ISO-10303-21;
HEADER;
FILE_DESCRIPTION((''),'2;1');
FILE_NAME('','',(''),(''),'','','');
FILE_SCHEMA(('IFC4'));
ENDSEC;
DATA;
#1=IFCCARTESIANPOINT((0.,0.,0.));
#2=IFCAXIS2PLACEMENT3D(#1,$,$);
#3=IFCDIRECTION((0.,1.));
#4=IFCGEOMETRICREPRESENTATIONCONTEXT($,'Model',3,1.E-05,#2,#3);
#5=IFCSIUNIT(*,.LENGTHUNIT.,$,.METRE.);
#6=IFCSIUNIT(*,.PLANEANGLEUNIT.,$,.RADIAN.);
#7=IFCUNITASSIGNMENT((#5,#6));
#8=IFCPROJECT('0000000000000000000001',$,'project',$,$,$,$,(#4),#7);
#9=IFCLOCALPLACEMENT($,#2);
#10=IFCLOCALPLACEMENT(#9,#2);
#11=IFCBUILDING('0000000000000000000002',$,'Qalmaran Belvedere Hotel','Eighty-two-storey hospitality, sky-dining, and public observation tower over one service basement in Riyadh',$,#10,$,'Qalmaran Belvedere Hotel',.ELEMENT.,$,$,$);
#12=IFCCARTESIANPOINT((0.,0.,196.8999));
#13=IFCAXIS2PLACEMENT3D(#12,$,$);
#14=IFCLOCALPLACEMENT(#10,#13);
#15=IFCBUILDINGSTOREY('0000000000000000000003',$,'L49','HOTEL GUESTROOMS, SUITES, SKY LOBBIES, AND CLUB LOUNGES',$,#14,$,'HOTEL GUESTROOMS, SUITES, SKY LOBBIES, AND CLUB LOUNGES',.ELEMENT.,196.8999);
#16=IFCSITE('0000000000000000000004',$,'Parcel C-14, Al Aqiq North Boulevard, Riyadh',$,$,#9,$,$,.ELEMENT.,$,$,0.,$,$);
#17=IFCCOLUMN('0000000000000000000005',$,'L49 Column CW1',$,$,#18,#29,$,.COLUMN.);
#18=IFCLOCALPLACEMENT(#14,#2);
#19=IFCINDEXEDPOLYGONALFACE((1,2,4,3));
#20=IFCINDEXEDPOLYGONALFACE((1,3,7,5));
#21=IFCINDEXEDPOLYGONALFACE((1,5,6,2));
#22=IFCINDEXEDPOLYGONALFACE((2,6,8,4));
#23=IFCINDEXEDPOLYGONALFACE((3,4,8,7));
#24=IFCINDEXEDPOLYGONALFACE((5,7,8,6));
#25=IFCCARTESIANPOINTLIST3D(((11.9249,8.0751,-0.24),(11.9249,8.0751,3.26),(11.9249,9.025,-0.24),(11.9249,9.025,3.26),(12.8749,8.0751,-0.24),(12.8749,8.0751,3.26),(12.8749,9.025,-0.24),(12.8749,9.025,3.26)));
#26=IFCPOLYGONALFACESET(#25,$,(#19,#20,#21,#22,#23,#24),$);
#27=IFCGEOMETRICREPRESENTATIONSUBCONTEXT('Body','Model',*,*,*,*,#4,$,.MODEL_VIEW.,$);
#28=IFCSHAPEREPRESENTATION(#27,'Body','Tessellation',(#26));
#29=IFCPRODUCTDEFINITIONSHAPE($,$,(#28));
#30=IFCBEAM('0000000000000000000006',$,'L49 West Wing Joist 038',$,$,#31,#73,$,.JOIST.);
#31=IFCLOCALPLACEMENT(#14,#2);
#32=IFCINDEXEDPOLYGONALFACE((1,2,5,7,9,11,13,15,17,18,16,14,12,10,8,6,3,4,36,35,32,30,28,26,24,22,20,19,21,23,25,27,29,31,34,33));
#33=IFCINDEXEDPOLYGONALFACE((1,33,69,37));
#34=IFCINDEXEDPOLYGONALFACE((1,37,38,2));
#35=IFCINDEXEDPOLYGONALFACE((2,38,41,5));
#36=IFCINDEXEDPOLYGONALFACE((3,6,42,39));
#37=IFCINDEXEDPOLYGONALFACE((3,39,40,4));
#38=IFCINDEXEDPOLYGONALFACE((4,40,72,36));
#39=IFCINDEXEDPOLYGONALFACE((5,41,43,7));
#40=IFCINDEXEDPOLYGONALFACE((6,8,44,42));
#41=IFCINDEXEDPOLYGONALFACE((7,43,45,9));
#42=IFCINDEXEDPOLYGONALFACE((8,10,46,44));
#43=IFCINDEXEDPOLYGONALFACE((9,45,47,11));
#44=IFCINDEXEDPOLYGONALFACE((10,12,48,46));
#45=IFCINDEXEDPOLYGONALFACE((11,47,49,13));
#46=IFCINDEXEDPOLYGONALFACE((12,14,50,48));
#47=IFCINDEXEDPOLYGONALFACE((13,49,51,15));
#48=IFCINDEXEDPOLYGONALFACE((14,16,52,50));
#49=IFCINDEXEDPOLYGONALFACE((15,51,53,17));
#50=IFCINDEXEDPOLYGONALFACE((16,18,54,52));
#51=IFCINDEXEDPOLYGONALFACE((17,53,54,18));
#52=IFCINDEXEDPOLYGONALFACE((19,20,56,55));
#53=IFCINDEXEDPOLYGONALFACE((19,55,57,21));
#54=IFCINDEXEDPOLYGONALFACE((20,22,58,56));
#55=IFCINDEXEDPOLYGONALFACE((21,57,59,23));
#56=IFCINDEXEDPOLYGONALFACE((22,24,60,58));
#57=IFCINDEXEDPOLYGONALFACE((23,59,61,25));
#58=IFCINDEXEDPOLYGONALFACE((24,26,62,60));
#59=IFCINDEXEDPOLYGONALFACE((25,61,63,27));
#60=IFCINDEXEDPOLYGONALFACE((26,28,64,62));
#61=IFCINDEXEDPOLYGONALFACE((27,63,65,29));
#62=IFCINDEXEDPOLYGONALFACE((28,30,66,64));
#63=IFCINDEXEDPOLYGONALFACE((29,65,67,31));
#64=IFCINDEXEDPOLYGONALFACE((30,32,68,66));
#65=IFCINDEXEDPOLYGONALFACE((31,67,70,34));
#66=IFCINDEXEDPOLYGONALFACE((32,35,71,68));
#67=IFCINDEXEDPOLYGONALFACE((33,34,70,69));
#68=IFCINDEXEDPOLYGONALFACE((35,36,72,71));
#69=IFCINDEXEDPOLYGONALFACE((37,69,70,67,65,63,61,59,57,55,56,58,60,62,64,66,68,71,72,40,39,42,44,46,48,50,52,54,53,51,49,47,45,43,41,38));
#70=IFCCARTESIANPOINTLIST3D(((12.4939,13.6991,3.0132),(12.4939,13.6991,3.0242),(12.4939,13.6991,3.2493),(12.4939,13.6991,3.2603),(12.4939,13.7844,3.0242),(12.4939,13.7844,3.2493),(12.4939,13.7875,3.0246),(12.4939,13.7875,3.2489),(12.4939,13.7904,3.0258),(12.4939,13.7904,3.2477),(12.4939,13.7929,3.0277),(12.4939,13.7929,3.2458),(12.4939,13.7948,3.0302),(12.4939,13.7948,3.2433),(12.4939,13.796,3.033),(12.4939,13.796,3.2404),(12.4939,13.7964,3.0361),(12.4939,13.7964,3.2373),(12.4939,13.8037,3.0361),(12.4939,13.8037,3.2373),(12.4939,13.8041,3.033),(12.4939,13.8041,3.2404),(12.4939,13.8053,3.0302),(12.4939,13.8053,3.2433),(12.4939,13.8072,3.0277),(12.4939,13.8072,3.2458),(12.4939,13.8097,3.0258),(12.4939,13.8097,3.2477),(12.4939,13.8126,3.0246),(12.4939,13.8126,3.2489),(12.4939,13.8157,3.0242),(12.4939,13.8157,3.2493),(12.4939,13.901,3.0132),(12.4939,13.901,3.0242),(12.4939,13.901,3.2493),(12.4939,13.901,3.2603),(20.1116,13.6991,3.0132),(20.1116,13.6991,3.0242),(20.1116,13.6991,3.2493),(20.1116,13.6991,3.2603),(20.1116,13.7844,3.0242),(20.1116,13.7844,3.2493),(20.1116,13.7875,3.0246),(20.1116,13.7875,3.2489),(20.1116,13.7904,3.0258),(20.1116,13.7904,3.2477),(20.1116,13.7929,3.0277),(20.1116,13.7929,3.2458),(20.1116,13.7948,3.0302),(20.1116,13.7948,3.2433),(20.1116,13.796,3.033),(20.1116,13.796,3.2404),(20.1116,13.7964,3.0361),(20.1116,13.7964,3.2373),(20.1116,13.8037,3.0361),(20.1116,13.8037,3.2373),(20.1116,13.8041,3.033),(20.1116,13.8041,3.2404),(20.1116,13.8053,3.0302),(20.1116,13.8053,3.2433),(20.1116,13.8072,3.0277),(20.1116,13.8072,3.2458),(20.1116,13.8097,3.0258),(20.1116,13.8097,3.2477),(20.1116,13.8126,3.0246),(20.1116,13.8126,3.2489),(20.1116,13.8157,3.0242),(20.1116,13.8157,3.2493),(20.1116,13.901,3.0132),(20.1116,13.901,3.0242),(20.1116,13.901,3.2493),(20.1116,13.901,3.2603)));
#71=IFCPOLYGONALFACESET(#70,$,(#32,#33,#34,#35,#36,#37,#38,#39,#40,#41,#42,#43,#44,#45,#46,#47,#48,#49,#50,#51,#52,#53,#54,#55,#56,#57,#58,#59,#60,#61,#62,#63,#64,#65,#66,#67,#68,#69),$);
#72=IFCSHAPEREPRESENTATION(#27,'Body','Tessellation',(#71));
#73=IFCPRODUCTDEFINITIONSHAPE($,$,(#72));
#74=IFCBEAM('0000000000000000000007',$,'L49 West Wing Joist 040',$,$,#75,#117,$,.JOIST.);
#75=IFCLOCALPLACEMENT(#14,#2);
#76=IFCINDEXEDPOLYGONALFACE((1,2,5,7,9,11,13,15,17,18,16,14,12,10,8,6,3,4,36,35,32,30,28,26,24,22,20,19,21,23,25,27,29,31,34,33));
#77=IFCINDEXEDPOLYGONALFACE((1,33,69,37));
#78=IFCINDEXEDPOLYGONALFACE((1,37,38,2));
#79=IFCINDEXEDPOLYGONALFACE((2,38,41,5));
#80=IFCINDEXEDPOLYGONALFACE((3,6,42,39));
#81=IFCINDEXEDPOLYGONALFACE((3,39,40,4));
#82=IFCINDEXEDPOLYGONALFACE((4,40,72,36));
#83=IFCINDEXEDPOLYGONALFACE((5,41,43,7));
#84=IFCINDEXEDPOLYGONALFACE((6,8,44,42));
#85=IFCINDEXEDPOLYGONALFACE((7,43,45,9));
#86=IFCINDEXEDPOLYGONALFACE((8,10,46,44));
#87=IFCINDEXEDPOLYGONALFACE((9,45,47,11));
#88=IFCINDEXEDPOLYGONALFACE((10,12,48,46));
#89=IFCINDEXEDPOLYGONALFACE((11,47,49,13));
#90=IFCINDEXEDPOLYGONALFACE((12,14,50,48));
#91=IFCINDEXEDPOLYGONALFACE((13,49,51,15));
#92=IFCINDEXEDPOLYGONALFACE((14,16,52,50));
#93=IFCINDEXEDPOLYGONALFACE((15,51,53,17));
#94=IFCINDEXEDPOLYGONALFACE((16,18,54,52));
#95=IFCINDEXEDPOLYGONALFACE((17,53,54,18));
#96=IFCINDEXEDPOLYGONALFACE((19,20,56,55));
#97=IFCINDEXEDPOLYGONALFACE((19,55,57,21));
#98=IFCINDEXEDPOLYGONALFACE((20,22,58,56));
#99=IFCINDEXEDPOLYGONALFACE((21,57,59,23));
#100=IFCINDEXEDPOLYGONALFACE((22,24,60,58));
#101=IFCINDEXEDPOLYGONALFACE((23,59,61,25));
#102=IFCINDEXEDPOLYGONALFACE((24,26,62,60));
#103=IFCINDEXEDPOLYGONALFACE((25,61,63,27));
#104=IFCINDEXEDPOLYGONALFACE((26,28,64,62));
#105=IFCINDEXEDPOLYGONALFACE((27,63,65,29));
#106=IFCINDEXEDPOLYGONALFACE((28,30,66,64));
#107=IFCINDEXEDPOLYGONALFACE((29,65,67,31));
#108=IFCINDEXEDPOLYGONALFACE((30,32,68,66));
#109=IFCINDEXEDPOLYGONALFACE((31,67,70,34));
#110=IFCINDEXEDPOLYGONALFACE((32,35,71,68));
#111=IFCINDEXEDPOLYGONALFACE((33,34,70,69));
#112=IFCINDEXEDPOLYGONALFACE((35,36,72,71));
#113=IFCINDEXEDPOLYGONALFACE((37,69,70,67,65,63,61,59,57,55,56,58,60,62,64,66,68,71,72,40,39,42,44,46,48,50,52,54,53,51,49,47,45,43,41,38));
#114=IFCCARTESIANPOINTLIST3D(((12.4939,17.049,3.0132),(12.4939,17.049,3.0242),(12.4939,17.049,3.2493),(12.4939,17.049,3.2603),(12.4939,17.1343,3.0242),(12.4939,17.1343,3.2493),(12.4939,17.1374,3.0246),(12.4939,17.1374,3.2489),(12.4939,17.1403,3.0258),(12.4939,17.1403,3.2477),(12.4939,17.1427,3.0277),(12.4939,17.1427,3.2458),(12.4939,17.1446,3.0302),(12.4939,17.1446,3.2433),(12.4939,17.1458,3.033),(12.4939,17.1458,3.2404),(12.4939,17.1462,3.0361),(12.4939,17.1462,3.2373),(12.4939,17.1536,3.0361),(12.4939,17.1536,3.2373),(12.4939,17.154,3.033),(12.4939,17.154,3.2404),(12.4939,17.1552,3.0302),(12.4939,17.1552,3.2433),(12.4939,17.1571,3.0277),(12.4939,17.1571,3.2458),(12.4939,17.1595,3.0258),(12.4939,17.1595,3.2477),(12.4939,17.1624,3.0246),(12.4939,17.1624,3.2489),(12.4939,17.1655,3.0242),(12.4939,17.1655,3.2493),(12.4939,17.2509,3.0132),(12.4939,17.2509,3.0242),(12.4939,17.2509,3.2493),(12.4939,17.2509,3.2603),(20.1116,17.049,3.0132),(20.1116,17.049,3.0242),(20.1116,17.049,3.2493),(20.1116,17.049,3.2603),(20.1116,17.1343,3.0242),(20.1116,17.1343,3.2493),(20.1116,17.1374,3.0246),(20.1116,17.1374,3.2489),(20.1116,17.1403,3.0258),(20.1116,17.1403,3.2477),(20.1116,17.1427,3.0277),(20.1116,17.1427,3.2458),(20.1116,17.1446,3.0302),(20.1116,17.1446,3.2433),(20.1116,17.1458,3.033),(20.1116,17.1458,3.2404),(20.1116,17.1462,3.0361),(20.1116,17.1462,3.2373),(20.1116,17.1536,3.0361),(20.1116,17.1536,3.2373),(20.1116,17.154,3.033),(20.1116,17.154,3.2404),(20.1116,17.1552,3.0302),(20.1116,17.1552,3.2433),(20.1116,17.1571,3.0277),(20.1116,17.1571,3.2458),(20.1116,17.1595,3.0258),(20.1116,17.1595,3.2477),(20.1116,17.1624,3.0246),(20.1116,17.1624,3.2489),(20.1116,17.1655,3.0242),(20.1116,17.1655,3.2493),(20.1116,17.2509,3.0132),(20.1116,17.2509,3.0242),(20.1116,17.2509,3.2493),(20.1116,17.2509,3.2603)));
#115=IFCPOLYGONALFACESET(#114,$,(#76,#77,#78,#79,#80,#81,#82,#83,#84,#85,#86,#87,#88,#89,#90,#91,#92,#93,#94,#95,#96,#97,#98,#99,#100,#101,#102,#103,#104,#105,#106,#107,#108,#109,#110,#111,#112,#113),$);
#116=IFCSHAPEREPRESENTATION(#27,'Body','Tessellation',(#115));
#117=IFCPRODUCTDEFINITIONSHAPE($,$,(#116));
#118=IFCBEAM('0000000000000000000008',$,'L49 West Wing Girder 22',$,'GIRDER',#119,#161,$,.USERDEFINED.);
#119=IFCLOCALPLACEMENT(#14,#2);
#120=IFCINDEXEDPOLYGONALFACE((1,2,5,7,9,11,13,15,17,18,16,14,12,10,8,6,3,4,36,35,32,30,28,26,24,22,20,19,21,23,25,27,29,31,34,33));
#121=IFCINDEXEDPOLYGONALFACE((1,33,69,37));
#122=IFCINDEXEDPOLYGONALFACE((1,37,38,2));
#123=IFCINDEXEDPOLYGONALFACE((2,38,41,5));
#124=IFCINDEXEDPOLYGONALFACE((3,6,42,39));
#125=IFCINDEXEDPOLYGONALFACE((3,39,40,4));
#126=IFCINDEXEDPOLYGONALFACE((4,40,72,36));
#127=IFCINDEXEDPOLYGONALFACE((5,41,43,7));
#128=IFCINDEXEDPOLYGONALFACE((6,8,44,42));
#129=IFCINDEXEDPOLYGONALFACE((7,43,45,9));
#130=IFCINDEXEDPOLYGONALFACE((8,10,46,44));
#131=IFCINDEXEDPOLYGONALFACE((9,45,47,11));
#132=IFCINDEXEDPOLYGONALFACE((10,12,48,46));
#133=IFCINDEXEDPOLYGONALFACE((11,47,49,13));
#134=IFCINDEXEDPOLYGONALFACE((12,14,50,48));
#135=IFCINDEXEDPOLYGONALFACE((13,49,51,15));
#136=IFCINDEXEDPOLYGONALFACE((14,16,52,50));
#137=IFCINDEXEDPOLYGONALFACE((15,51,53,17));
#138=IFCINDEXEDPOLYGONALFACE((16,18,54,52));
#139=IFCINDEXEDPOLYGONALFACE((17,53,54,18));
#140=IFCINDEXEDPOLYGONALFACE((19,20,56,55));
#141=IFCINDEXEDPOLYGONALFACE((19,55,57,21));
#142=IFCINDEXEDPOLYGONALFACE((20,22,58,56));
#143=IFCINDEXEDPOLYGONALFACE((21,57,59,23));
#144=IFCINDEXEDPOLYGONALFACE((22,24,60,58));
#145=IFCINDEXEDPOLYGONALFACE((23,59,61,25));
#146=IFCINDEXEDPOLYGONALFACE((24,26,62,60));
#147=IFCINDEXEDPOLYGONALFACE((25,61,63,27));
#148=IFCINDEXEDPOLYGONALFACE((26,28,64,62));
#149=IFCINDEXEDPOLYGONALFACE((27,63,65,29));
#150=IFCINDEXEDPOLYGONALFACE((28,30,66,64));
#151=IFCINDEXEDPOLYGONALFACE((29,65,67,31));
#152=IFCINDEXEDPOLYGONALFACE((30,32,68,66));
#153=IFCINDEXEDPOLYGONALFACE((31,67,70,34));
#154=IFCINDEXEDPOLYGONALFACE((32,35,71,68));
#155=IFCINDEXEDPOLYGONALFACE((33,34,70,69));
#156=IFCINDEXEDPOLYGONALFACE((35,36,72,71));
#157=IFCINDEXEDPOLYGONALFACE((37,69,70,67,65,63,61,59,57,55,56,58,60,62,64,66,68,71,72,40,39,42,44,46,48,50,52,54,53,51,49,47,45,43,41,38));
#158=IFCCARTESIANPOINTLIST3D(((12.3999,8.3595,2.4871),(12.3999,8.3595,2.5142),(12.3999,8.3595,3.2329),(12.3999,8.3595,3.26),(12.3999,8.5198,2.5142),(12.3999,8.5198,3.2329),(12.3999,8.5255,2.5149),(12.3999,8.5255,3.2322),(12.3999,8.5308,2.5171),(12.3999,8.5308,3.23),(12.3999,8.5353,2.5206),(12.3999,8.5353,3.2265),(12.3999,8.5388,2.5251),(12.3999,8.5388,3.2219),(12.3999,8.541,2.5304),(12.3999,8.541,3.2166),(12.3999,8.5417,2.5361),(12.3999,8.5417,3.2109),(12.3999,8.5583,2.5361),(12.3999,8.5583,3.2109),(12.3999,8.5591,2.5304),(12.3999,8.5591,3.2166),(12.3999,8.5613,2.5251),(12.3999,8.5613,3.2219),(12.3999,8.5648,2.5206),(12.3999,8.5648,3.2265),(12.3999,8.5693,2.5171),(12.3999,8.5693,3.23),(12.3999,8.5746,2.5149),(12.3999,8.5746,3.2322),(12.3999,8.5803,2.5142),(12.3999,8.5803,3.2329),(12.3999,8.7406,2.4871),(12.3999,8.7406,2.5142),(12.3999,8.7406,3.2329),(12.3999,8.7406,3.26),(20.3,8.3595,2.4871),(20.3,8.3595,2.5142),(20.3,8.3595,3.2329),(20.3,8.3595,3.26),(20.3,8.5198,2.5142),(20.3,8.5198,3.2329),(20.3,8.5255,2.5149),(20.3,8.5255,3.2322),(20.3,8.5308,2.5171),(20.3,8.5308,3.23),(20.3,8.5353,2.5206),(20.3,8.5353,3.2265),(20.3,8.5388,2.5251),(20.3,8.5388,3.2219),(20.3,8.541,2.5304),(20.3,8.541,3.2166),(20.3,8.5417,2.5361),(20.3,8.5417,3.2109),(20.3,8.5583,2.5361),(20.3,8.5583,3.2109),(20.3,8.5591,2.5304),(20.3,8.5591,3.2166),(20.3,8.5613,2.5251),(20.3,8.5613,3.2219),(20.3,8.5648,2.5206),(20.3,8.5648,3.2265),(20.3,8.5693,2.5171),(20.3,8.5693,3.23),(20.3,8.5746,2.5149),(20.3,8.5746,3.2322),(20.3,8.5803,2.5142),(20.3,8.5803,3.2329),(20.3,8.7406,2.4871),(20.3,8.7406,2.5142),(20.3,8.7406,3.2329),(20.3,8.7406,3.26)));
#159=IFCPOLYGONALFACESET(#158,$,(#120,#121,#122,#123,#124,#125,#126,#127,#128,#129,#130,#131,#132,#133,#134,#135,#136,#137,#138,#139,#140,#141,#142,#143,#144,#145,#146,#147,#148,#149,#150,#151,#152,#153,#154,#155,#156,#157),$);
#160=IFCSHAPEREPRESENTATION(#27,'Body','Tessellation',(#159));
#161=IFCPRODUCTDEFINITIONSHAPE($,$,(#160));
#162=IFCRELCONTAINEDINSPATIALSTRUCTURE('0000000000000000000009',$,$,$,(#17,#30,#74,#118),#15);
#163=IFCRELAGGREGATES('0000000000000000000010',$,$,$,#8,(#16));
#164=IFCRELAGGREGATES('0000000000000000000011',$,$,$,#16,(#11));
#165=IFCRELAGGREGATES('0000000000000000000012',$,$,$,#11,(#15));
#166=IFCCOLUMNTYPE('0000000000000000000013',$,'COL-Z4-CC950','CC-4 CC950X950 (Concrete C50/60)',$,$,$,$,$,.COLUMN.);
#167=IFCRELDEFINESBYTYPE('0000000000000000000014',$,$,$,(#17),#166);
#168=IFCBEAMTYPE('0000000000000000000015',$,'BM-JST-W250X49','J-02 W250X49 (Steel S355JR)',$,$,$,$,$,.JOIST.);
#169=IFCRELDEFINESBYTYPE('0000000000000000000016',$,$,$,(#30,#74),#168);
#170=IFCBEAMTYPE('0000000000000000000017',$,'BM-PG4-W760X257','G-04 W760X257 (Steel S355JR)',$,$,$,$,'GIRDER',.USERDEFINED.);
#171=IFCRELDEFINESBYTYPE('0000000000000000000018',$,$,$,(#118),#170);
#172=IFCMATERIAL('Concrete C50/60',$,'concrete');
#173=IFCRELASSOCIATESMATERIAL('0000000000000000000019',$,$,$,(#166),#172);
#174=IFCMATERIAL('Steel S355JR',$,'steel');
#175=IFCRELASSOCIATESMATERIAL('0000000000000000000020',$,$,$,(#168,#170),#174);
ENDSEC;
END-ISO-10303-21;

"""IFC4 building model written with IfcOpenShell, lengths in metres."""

from ifc_helpers import new_model, si_unit, direction, frame, origin, origin_2d, place, context, subcontext, project, spatial, rectangle, i_section, extrude, material, material_profile, profile_set, type_object, element, save


model = new_model("IFC4")

# Units and contexts
model_context = context("Model", 3, precision=1e-05, world=origin(), true_north=direction((0.0, 1.0)))
body_context = subcontext(model_context, "Body", "Model", "MODEL_VIEW")
ifc_project = project(units=[si_unit("LENGTHUNIT", "METRE"), si_unit("PLANEANGLEUNIT", "RADIAN")], contexts=[model_context])

# Site, building, storey
site_placement = place(None, origin())
site = spatial("IfcSite", under=ifc_project, at=site_placement, Name="Parcel C-14, Al Aqiq North Boulevard, Riyadh", CompositionType="ELEMENT", RefElevation=0.0)
building_placement = place(site_placement, origin())
building = spatial("IfcBuilding", under=site, at=building_placement, Name="Qalmaran Belvedere Hotel", Description="Eighty-two-storey hospitality, sky-dining, and public observation tower over one service basement in Riyadh", LongName="Qalmaran Belvedere Hotel", CompositionType="ELEMENT")
storey_placement = place(building_placement, frame((0.0, 0.0, 196.8999)))
storey = spatial("IfcBuildingStorey", under=building, at=storey_placement, Name="L49", Description="HOTEL GUESTROOMS, SUITES, SKY LOBBIES, AND CLUB LOUNGES", LongName="HOTEL GUESTROOMS, SUITES, SKY LOBBIES, AND CLUB LOUNGES", CompositionType="ELEMENT", Elevation=196.8999)

# Column
ifc_material_1 = material(Name="Concrete C50/60", Category="concrete")
ifc_material_profile_1 = material_profile(ifc_material_1, rectangle(XDim=0.95, YDim=0.95, at=origin_2d()), Name="CC950X950")
ifc_profile_set_1 = profile_set([ifc_material_profile_1], Name="Concrete C50/60")
column_type = type_object("IfcColumnType", Name="COL-Z4-CC950", Description="CC-4 CC950X950 (Concrete C50/60)", PredefinedType="COLUMN", material=ifc_profile_set_1)
column_placement = place(storey_placement, frame((12.3999, 8.55, -0.24), z_axis=(0.0, 0.0, 1.0), x_axis=(1.0, 0.0, 0.0)))
element("IfcColumn", 1, at=column_placement, inside=storey, type_object=column_type, Name="L49 Column CW1", PredefinedType="COLUMN", context=body_context, shape_type="SweptSolid", body=[
    extrude(rectangle(XDim=0.95, YDim=0.95, at=origin_2d()), origin(), (0.0, 0.0, 1.0), 3.5),
])

# Beams
ifc_material_2 = material(Name="Steel S355JR", Category="steel")
ifc_material_profile_2 = material_profile(ifc_material_2, i_section(OverallWidth=0.2019, OverallDepth=0.2471, WebThickness=0.0073, FlangeThickness=0.011, FilletRadius=0.012, at=origin_2d()), Name="W250X49")
ifc_profile_set_2 = profile_set([ifc_material_profile_2], Name="Steel S355JR")
beam_type_1 = type_object("IfcBeamType", Name="BM-JST-W250X49", Description="J-02 W250X49 (Steel S355JR)", PredefinedType="JOIST", material=ifc_profile_set_2)
for number, where, z_axis, x_axis, name in (
    (2, (12.4939, 13.8, 3.1367), (1.0, 0.0, 0.0), (0.0, 1.0, 0.0), "L49 West Wing Joist 038"),
    (3, (12.4939, 17.1499, 3.1367), (1.0, 0.0, 0.0), (0.0, 1.0, 0.0), "L49 West Wing Joist 040"),
):
    element("IfcBeam", number, at=place(storey_placement, frame(where, z_axis=z_axis, x_axis=x_axis)), inside=storey, type_object=beam_type_1, Name=name, PredefinedType="JOIST", context=body_context, shape_type="SweptSolid", body=[
        extrude(i_section(OverallWidth=0.2019, OverallDepth=0.2471, WebThickness=0.0073, FlangeThickness=0.011, FilletRadius=0.012, at=origin_2d()), origin(), (0.0, 0.0, 1.0), 7.6177),
    ])
ifc_material_profile_3 = material_profile(ifc_material_2, i_section(OverallWidth=0.3811, OverallDepth=0.7729, WebThickness=0.0166, FlangeThickness=0.0271, FilletRadius=0.022, at=origin_2d()), Name="W760X257")
ifc_profile_set_3 = profile_set([ifc_material_profile_3], Name="Steel S355JR")
beam_type_2 = type_object("IfcBeamType", Name="BM-PG4-W760X257", Description="G-04 W760X257 (Steel S355JR)", ElementType="GIRDER", PredefinedType="USERDEFINED", material=ifc_profile_set_3)
beam_1_placement = place(storey_placement, frame((12.3999, 8.55, 2.8735), z_axis=(1.0, 0.0, 0.0), x_axis=(0.0, 1.0, 0.0)))
element("IfcBeam", 4, at=beam_1_placement, inside=storey, type_object=beam_type_2, Name="L49 West Wing Girder 22", ObjectType="GIRDER", PredefinedType="USERDEFINED", context=body_context, shape_type="SweptSolid", body=[
    extrude(i_section(OverallWidth=0.3811, OverallDepth=0.7729, WebThickness=0.0166, FlangeThickness=0.0271, FilletRadius=0.022, at=origin_2d()), origin(), (0.0, 0.0, 1.0), 7.9001),
])

save(model, "model.ifc")
